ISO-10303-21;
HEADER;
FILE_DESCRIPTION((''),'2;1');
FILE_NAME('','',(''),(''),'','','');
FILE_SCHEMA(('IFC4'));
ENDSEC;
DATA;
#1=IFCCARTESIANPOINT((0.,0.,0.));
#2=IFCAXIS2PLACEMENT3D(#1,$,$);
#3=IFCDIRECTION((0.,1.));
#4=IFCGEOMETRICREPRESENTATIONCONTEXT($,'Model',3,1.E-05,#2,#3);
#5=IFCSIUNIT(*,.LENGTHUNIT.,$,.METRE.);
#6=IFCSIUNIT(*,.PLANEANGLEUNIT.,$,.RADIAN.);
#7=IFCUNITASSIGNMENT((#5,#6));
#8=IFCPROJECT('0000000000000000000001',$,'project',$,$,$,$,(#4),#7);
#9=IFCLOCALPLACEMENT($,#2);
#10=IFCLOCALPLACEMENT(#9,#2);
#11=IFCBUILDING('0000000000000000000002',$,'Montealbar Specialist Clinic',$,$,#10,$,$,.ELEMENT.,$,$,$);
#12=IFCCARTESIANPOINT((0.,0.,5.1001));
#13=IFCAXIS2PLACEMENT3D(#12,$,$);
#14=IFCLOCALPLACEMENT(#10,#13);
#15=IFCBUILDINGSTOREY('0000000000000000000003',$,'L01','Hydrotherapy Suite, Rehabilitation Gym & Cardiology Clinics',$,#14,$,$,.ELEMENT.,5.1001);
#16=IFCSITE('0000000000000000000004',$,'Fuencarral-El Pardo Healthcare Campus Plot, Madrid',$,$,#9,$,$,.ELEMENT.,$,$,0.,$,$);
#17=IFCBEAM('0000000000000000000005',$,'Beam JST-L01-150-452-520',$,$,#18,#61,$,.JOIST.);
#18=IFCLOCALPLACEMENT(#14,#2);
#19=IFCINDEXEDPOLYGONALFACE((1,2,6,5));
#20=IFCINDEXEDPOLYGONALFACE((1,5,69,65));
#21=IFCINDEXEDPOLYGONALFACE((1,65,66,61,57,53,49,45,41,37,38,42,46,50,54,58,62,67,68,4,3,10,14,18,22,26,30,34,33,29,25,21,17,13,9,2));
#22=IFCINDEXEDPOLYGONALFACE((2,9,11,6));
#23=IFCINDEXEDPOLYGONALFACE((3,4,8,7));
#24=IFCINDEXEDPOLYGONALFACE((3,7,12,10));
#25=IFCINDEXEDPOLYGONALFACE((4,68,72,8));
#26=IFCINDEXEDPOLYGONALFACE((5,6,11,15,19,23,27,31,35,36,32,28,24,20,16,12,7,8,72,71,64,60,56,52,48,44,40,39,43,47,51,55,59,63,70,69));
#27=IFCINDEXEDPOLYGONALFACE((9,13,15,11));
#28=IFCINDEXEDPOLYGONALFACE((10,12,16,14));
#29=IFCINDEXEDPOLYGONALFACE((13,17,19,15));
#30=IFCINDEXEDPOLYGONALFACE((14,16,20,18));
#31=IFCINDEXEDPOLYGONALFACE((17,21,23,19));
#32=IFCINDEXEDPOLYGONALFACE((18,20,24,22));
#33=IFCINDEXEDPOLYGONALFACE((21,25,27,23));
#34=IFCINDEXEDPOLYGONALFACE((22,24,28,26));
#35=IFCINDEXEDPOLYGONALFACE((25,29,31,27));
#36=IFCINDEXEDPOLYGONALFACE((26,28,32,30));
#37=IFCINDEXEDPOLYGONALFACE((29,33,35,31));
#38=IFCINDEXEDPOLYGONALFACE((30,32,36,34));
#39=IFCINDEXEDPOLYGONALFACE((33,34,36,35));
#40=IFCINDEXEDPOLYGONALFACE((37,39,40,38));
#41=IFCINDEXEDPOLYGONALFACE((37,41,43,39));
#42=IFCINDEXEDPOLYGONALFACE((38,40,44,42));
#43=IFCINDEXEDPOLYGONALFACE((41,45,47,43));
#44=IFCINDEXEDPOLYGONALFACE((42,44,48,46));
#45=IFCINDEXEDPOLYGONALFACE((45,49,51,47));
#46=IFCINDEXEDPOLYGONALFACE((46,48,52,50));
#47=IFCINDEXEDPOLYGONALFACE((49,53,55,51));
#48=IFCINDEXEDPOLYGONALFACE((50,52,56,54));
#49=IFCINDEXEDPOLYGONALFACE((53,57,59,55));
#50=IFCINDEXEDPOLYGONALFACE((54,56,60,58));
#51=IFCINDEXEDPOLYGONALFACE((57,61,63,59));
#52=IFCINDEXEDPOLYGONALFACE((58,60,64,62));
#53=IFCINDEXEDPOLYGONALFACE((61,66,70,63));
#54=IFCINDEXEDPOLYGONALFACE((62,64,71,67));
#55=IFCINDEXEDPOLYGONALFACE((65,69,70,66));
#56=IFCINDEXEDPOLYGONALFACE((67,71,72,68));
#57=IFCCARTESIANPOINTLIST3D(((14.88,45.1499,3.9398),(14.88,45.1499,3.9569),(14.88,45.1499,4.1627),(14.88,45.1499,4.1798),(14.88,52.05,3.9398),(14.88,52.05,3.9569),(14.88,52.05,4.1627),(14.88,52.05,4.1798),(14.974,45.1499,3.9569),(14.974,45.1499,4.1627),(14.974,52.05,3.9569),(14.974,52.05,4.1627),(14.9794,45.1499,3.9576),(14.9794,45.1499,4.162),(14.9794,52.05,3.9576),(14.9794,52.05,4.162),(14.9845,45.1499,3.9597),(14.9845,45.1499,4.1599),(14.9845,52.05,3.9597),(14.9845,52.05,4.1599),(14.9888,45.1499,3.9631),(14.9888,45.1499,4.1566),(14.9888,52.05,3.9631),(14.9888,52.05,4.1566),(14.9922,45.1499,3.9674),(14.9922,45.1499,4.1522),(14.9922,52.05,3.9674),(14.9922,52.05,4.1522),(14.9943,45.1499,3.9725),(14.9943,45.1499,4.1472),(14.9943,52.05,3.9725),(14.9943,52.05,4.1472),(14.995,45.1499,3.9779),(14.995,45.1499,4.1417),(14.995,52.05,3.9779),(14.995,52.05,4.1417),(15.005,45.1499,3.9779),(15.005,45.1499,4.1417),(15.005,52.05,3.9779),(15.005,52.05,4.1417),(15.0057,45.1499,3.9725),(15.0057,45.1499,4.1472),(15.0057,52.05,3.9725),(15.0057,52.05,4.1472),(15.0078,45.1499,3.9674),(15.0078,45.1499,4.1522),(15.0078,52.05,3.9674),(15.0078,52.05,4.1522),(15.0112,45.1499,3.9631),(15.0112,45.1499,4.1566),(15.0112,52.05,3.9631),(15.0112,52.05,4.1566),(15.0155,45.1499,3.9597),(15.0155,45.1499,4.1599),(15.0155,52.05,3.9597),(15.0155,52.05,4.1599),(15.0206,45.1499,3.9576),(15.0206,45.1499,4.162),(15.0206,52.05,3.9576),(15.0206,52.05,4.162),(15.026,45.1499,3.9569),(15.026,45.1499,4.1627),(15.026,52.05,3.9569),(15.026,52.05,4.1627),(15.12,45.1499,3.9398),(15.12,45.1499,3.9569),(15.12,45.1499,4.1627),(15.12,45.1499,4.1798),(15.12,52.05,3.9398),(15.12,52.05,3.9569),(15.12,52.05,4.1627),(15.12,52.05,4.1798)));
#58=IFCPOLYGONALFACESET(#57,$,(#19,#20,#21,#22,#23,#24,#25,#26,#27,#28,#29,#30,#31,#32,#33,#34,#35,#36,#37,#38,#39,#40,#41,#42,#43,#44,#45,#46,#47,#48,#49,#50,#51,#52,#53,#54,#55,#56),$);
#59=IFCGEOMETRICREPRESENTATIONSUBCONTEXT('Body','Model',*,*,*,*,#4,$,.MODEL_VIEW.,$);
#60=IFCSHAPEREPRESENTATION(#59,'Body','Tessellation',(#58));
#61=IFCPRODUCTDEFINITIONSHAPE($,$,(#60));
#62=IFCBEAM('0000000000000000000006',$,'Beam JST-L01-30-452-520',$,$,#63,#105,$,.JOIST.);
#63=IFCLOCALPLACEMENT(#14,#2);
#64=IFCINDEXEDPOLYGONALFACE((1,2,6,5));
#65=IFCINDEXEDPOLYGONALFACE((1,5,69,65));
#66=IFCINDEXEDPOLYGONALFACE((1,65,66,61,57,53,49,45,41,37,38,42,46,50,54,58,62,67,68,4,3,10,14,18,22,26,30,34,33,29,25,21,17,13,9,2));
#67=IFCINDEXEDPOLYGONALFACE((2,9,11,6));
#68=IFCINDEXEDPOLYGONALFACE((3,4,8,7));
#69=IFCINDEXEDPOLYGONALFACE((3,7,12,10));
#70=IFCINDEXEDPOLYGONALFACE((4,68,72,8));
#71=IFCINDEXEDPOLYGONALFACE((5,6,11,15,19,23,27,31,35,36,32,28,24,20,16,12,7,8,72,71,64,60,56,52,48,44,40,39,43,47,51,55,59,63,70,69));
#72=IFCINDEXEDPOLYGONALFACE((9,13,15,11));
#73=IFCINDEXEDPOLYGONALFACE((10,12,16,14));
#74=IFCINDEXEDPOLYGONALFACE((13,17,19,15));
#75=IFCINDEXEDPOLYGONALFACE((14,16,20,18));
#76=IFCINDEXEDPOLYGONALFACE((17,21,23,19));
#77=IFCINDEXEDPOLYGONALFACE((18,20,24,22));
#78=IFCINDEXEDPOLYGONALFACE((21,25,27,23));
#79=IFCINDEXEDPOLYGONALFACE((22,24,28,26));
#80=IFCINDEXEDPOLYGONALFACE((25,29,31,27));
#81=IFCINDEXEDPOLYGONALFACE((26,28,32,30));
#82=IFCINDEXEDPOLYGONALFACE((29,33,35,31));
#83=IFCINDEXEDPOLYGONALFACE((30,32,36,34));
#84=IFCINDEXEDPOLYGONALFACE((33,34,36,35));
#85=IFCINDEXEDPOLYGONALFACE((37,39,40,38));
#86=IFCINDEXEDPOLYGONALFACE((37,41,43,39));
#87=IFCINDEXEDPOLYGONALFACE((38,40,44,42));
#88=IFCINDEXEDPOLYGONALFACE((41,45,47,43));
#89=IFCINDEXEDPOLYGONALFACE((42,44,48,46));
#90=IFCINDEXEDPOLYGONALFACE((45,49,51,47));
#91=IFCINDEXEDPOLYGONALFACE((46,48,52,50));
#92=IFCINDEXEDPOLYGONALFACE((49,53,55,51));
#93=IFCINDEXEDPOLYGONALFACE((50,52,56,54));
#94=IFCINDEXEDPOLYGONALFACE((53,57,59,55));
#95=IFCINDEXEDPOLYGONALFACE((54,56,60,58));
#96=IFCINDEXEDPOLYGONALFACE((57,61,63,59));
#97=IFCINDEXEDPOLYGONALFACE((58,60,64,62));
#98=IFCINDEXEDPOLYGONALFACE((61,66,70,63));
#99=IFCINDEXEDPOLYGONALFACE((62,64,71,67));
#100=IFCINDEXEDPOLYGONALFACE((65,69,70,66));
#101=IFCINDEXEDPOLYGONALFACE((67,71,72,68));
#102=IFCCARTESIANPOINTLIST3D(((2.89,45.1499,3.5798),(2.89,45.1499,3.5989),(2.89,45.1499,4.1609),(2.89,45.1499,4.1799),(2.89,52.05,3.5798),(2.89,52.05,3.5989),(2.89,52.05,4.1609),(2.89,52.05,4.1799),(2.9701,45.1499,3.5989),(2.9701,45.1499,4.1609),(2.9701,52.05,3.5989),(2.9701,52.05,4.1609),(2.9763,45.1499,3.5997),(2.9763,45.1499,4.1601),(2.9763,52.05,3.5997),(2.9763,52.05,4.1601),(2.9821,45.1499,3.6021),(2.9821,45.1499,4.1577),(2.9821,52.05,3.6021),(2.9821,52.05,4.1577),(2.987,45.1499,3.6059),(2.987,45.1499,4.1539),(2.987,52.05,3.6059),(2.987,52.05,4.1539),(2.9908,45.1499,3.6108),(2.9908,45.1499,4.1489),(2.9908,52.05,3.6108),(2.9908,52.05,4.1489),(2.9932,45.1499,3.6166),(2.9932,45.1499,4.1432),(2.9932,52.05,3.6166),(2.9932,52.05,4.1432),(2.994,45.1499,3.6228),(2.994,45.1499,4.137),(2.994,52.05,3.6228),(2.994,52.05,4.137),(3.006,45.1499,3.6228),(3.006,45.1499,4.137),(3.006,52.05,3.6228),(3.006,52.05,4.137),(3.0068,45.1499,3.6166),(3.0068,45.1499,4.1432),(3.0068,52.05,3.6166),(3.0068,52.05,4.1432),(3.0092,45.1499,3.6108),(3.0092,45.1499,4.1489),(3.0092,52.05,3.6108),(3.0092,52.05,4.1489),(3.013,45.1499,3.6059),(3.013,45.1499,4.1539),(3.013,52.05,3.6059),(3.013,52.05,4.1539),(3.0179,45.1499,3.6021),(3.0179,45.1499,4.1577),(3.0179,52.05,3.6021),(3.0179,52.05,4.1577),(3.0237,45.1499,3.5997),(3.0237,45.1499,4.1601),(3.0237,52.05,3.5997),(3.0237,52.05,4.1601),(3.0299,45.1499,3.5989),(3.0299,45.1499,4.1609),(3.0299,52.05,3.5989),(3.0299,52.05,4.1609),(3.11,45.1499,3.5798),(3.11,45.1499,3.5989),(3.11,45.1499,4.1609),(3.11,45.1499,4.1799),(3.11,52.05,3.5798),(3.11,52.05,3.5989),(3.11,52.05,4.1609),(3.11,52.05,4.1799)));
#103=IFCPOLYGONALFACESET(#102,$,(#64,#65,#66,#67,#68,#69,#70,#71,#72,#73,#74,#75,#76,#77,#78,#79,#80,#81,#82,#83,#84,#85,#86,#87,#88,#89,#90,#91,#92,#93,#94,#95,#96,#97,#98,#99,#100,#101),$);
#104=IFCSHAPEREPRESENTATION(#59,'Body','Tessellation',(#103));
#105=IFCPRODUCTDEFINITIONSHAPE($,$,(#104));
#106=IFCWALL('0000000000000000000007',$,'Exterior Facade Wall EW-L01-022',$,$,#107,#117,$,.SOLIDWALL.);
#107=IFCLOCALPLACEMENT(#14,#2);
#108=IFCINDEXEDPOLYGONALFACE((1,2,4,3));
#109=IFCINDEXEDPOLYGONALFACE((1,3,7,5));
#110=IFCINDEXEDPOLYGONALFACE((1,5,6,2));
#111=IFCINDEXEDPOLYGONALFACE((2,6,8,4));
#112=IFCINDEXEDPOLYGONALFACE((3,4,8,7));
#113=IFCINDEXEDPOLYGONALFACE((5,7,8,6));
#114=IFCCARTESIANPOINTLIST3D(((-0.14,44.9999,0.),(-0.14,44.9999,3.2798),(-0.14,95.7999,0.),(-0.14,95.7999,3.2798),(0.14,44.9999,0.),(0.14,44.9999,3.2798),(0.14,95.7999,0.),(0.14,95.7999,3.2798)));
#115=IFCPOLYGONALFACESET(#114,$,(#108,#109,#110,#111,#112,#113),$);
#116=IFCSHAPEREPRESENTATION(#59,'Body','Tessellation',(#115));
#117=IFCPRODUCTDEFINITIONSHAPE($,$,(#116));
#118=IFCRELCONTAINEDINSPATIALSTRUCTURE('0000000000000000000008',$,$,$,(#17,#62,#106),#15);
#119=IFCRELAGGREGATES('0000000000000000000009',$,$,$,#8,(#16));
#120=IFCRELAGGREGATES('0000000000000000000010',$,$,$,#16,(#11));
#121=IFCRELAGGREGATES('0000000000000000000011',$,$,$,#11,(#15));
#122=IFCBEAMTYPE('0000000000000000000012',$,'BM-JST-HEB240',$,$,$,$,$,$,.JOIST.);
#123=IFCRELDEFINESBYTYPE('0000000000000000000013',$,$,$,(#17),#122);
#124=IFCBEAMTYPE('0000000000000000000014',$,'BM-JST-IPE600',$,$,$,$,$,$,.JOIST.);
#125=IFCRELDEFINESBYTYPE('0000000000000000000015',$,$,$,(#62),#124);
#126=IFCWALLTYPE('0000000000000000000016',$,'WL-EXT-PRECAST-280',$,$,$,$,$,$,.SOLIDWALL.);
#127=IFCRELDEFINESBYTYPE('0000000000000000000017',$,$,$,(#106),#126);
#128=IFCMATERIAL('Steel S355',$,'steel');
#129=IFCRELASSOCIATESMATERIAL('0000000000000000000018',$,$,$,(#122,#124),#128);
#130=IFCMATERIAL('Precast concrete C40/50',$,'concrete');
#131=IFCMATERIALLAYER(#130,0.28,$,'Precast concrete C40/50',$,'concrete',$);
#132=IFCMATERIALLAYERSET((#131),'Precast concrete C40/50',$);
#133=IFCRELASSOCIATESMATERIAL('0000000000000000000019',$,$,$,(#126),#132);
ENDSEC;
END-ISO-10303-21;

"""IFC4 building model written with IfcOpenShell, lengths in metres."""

from ifc_helpers import new_model, si_unit, direction, frame, frame_2d, origin, origin_2d, place, context, subcontext, project, spatial, rectangle, i_section, extrude, material, layer, layer_set, material_profile, profile_set, type_object, element, save


model = new_model("IFC4")

# Units and contexts
model_context = context("Model", 3, precision=1e-05, world=origin(), true_north=direction((0.0, 1.0)))
body_context = subcontext(model_context, "Body", "Model", "MODEL_VIEW")
ifc_project = project(units=[si_unit("LENGTHUNIT", "METRE"), si_unit("PLANEANGLEUNIT", "RADIAN")], contexts=[model_context])

# Site, building, storey
site_placement = place(None, origin())
site = spatial("IfcSite", under=ifc_project, at=site_placement, Name="Fuencarral-El Pardo Healthcare Campus Plot, Madrid", CompositionType="ELEMENT", RefElevation=0.0)
building_placement = place(site_placement, origin())
building = spatial("IfcBuilding", under=site, at=building_placement, Name="Montealbar Specialist Clinic", CompositionType="ELEMENT")
storey_placement = place(building_placement, frame((0.0, 0.0, 5.1001)))
storey = spatial("IfcBuildingStorey", under=building, at=storey_placement, Name="L01", Description="Hydrotherapy Suite, Rehabilitation Gym & Cardiology Clinics", CompositionType="ELEMENT", Elevation=5.1001)

# Beams
ifc_material_1 = material(Name="Precast concrete C40/50", Category="concrete")
ifc_material_2 = material(Name="Steel S355", Category="steel")
ifc_material_profile_1 = material_profile(ifc_material_2, i_section(OverallWidth=0.24, OverallDepth=0.24, WebThickness=0.01, FlangeThickness=0.0171, FilletRadius=0.021, at=origin_2d()), Name="HEB 240", Category="steel")
ifc_profile_set_1 = profile_set([ifc_material_profile_1], Name="Steel S355")
beam_type_1 = type_object("IfcBeamType", Name="BM-JST-HEB240", PredefinedType="JOIST", material=ifc_profile_set_1)
beam_1_placement = place(storey_placement, frame((15.0, 45.1499, 4.0598), z_axis=(0.0, 1.0, 0.0), x_axis=(-1.0, 0.0, 0.0)))
element("IfcBeam", 1, at=beam_1_placement, inside=storey, type_object=beam_type_1, Name="Beam JST-L01-150-452-520", PredefinedType="JOIST", context=body_context, shape_type="SweptSolid", body=[
    extrude(i_section(OverallWidth=0.24, OverallDepth=0.24, WebThickness=0.01, FlangeThickness=0.0171, FilletRadius=0.021, at=origin_2d()), origin(), (0.0, 0.0, 1.0), 6.9001),
])
ifc_material_profile_2 = material_profile(ifc_material_2, i_section(OverallWidth=0.22, OverallDepth=0.6001, WebThickness=0.012, FlangeThickness=0.019, FilletRadius=0.0239, at=origin_2d()), Name="IPE 600", Category="steel")
ifc_profile_set_2 = profile_set([ifc_material_profile_2], Name="Steel S355")
beam_type_2 = type_object("IfcBeamType", Name="BM-JST-IPE600", PredefinedType="JOIST", material=ifc_profile_set_2)
beam_2_placement = place(storey_placement, frame((3.0, 45.1499, 3.8799), z_axis=(0.0, 1.0, 0.0), x_axis=(-1.0, 0.0, 0.0)))
element("IfcBeam", 2, at=beam_2_placement, inside=storey, type_object=beam_type_2, Name="Beam JST-L01-30-452-520", PredefinedType="JOIST", context=body_context, shape_type="SweptSolid", body=[
    extrude(i_section(OverallWidth=0.22, OverallDepth=0.6001, WebThickness=0.012, FlangeThickness=0.019, FilletRadius=0.0239, at=origin_2d()), origin(), (0.0, 0.0, 1.0), 6.9001),
])

# Wall
ifc_layer_1 = layer(ifc_material_1, 0.28, Name="Precast concrete C40/50", Category="concrete")
ifc_layer_set_1 = layer_set([ifc_layer_1], Name="Precast concrete C40/50")
wall_type = type_object("IfcWallType", Name="WL-EXT-PRECAST-280", PredefinedType="SOLIDWALL", material=ifc_layer_set_1)
wall_1_placement = place(storey_placement, frame((0.0, 45.0, 0.0), z_axis=(0.0, 0.0, 1.0), x_axis=(0.0, 1.0, 0.0)))
element("IfcWall", 3, at=wall_1_placement, inside=storey, type_object=wall_type, Name="Exterior Facade Wall EW-L01-022", PredefinedType="SOLIDWALL", context=body_context, shape_type="SweptSolid", body=[
    extrude(rectangle(XDim=50.8, YDim=0.28, at=frame_2d((25.3999, 0.0))), origin(), (0.0, 0.0, 1.0), 3.2798),
])

save(model, "model.ifc")
